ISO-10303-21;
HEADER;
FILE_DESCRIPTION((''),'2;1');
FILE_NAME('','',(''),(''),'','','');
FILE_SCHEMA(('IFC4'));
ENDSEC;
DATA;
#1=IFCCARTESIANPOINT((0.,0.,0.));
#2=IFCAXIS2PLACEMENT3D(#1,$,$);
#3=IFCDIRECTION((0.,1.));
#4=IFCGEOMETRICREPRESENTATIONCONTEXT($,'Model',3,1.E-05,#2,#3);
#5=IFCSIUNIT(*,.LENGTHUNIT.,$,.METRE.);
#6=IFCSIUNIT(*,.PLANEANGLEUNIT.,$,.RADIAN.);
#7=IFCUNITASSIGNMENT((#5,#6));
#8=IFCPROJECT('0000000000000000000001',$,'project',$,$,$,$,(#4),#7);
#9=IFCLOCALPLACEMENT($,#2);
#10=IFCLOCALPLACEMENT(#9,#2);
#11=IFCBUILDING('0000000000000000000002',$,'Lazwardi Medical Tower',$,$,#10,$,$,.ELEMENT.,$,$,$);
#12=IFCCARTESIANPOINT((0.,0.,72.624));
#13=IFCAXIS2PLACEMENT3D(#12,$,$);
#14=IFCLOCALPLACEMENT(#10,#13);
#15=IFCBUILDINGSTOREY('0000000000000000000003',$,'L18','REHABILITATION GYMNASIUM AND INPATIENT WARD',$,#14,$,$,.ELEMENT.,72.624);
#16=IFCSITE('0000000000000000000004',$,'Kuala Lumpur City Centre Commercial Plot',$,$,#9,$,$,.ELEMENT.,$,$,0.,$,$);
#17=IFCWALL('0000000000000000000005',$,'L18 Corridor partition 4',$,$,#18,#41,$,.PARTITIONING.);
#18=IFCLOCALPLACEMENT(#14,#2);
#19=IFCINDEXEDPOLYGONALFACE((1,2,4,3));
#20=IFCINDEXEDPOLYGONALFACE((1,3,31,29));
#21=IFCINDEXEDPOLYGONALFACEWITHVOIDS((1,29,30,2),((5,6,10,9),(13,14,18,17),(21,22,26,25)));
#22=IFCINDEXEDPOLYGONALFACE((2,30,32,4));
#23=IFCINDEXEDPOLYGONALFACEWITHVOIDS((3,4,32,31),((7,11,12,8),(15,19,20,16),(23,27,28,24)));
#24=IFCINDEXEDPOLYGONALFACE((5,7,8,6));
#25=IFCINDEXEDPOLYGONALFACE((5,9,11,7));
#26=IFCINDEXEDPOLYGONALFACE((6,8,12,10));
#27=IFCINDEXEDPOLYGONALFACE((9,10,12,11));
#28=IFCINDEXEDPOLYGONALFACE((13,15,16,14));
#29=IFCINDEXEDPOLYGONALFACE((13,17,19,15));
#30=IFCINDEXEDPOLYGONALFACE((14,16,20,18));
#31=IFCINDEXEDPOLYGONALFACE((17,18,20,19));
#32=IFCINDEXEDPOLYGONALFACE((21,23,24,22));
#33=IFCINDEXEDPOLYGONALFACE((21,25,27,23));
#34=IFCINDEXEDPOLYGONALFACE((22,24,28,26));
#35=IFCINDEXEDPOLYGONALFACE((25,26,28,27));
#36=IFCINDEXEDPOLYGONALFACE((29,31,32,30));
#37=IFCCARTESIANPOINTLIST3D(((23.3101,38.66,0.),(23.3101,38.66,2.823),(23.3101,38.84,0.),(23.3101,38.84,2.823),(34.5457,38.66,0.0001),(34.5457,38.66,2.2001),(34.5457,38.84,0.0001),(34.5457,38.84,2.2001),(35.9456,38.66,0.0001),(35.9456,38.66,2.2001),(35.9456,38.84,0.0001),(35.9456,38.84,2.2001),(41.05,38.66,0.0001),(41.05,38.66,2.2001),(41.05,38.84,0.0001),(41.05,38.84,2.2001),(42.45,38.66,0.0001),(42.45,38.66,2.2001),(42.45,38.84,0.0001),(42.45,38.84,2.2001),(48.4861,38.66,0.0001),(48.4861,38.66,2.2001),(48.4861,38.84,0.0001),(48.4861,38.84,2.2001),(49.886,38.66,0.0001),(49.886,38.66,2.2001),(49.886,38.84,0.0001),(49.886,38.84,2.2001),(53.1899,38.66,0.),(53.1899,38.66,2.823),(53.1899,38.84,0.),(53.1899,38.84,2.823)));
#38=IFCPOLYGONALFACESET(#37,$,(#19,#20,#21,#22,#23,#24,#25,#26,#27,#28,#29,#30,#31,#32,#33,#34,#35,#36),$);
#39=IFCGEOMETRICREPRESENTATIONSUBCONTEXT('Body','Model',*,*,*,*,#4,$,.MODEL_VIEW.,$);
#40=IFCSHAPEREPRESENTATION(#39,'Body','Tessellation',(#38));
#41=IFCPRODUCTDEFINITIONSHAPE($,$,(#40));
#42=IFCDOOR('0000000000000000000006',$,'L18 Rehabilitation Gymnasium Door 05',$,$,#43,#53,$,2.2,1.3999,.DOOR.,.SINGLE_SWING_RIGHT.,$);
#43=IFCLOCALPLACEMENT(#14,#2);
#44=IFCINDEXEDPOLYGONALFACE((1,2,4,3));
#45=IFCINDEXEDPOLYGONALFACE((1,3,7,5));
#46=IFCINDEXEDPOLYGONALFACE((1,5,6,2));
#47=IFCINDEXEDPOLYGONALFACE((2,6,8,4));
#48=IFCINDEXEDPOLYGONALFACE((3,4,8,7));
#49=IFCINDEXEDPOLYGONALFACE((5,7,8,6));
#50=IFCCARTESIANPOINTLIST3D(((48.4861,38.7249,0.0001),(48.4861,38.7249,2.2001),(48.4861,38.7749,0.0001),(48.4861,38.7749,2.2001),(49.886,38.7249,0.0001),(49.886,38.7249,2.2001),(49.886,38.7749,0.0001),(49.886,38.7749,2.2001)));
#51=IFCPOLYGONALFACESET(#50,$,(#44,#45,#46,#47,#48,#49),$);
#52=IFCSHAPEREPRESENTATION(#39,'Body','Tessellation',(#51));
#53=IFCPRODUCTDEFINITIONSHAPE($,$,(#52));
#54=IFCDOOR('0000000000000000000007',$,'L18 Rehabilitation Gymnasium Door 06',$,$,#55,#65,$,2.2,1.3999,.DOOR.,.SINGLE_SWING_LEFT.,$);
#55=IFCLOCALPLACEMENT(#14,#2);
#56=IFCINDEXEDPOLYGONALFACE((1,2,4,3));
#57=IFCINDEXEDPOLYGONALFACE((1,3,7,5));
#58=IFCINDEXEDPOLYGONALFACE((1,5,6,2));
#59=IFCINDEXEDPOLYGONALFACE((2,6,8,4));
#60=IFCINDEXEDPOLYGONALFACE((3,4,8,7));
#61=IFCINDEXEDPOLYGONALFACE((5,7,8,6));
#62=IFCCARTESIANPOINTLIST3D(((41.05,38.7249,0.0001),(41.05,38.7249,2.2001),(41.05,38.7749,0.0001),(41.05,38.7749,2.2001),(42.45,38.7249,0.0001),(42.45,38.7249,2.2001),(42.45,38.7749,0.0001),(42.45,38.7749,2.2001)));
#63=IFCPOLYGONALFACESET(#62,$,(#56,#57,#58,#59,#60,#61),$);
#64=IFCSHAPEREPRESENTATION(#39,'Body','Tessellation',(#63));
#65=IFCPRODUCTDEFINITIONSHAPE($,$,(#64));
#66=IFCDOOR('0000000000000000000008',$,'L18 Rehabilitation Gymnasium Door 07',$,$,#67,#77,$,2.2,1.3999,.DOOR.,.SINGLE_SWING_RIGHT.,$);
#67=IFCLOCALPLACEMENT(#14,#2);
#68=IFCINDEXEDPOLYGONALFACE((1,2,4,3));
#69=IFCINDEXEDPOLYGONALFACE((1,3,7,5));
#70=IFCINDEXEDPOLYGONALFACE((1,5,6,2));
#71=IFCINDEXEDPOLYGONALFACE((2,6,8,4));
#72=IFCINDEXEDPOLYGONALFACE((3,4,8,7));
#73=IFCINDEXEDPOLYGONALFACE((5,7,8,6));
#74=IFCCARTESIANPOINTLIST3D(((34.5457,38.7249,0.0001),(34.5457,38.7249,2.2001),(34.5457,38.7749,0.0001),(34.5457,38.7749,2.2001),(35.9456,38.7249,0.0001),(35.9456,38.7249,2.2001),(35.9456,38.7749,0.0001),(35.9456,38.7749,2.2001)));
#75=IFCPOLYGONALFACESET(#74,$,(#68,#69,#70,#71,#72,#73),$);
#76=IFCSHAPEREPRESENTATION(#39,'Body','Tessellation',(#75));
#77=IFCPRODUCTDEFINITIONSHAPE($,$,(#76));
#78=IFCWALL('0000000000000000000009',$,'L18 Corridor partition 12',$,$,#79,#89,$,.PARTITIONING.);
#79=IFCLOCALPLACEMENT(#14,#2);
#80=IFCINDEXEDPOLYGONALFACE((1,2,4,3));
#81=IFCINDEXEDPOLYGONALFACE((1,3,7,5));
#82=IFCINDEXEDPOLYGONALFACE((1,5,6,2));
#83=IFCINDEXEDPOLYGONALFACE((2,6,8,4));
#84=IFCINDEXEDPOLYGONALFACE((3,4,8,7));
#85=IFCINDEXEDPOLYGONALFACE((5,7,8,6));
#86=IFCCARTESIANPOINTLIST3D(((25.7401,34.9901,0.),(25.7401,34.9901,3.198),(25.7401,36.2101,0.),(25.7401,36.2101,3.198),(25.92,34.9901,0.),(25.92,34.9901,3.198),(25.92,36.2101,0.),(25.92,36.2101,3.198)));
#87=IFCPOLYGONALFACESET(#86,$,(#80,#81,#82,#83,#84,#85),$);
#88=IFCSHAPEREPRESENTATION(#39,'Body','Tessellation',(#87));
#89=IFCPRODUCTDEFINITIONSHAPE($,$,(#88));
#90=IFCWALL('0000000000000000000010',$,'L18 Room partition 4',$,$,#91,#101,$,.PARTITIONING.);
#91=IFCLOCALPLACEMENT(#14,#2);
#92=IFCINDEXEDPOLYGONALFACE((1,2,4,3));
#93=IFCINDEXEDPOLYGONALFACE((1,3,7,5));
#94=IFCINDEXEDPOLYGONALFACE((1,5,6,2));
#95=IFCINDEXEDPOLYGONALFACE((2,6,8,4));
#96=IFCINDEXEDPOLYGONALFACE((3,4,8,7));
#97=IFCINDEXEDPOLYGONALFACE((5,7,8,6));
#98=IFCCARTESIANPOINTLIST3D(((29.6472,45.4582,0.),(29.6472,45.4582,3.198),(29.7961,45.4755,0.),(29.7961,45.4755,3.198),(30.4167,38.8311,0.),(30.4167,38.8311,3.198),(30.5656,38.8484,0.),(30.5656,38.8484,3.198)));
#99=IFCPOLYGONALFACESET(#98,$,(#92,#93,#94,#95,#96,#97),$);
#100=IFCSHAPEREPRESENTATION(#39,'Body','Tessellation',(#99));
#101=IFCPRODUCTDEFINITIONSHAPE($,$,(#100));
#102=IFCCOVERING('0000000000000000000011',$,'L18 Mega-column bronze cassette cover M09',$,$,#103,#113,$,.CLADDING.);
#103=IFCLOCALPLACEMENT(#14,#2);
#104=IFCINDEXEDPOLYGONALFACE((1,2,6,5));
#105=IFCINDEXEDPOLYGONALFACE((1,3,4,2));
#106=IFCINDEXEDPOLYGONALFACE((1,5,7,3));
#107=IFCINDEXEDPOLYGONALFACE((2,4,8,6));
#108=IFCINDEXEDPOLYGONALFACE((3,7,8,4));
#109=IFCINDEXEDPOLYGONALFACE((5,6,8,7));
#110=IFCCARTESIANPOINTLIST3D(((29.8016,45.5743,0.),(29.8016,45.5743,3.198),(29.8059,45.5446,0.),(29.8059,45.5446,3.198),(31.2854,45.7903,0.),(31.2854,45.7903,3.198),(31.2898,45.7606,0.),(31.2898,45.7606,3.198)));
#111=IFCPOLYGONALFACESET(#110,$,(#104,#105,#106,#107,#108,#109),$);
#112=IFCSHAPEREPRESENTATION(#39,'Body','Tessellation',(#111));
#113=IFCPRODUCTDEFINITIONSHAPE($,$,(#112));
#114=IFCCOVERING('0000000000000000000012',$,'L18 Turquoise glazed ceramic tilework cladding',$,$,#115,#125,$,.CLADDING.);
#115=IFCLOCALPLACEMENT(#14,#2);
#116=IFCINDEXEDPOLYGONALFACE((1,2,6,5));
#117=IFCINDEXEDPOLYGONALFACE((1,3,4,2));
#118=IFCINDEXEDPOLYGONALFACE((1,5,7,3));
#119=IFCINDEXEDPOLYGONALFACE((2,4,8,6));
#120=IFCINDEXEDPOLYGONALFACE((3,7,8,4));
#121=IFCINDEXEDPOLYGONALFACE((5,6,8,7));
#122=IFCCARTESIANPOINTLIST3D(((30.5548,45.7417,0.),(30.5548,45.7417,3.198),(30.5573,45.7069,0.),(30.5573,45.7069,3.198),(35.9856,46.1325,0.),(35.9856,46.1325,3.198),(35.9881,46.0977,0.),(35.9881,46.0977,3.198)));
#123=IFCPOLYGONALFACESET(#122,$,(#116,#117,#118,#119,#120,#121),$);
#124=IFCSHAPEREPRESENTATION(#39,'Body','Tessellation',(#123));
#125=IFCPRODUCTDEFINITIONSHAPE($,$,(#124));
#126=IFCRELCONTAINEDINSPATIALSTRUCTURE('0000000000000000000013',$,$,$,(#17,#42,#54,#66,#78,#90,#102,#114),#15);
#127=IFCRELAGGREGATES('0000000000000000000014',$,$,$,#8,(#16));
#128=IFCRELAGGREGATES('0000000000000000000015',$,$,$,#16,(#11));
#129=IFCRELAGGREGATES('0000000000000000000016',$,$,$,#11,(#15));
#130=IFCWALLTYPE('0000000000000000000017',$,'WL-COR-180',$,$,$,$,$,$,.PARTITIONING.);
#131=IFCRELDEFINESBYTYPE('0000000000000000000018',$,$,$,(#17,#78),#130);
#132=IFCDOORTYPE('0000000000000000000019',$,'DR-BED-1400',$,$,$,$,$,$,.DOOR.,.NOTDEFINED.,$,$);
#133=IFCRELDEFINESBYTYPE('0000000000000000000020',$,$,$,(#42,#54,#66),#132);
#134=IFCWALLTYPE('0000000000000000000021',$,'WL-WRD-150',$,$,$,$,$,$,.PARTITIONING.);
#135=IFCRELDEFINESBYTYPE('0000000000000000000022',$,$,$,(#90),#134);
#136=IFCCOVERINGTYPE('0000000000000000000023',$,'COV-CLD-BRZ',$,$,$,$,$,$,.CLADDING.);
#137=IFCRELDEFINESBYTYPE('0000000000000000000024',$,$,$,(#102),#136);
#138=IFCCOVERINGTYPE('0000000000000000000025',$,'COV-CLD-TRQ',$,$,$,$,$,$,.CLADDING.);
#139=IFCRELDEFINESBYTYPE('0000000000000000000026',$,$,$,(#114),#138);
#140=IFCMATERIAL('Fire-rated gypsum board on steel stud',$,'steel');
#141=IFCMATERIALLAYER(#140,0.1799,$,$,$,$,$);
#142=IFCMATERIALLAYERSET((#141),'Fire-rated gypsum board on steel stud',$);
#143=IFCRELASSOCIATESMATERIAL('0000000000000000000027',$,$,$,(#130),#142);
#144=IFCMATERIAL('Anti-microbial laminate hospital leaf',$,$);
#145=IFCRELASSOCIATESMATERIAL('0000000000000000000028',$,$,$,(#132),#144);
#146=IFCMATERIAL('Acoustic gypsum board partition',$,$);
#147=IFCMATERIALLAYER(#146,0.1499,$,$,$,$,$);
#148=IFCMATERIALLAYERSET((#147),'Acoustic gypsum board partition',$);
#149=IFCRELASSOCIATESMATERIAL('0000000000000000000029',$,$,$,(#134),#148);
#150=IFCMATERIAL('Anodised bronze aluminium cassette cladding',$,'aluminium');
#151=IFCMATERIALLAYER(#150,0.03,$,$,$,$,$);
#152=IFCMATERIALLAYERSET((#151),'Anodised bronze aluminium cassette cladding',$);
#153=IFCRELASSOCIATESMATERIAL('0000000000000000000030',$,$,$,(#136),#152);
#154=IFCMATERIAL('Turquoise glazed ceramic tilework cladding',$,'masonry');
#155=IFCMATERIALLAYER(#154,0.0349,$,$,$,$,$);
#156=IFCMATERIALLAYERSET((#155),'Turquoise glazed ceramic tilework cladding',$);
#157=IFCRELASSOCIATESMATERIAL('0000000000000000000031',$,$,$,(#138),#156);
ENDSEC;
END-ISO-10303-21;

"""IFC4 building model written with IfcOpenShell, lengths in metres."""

from ifc_helpers import new_model, si_unit, direction, frame, frame_2d, origin, origin_2d, place, context, subcontext, project, spatial, rectangle, extrude, material, layer, layer_set, type_object, element, fill, save


model = new_model("IFC4")

# Units and contexts
model_context = context("Model", 3, precision=1e-05, world=origin(), true_north=direction((0.0, 1.0)))
body_context = subcontext(model_context, "Body", "Model", "MODEL_VIEW")
ifc_project = project(units=[si_unit("LENGTHUNIT", "METRE"), si_unit("PLANEANGLEUNIT", "RADIAN")], contexts=[model_context])

# Site, building, storey
site_placement = place(None, origin())
site = spatial("IfcSite", under=ifc_project, at=site_placement, Name="Kuala Lumpur City Centre Commercial Plot", CompositionType="ELEMENT", RefElevation=0.0)
building_placement = place(site_placement, origin())
building = spatial("IfcBuilding", under=site, at=building_placement, Name="Lazwardi Medical Tower", CompositionType="ELEMENT")
storey_placement = place(building_placement, frame((0.0, 0.0, 72.624)))
storey = spatial("IfcBuildingStorey", under=building, at=storey_placement, Name="L18", Description="REHABILITATION GYMNASIUM AND INPATIENT WARD", CompositionType="ELEMENT", Elevation=72.624)

# Wall, openings, doors
ifc_material_1 = material(Name="Fire-rated gypsum board on steel stud", Category="steel")
ifc_layer_1 = layer(ifc_material_1, 0.1799)
ifc_layer_set_1 = layer_set([ifc_layer_1], Name="Fire-rated gypsum board on steel stud")
wall_type_1 = type_object("IfcWallType", Name="WL-COR-180", PredefinedType="PARTITIONING", material=ifc_layer_set_1)
wall_1_placement = place(storey_placement, frame((23.3101, 38.75, 0.0), z_axis=(0.0, 0.0, 1.0), x_axis=(1.0, 0.0, 0.0)))
wall_1 = element("IfcWall", 1, at=wall_1_placement, inside=storey, type_object=wall_type_1, Name="L18 Corridor partition 4", PredefinedType="PARTITIONING", context=body_context, shape_type="SweptSolid", body=[
    extrude(rectangle(XDim=29.8799, YDim=0.1799, at=frame_2d((14.9399, 0.0))), origin(), (0.0, 0.0, 1.0), 2.823),
])
opening_1_placement = place(wall_1_placement, frame((25.176, 0.0, 0.0)))
opening_1 = element("IfcOpeningElement", 2, at=opening_1_placement, cuts=wall_1, PredefinedType="OPENING", context=body_context, shape_type="SweptSolid", body=[
    extrude(rectangle(XDim=1.3999, YDim=2.2, at=frame_2d((0.7, 1.1001))), frame((0.0, 0.0999, 0.0), z_axis=(0.0, -1.0, 0.0), x_axis=(1.0, 0.0, 0.0)), (0.0, 0.0, 1.0), 0.2),
])
opening_2_placement = place(wall_1_placement, frame((17.74, 0.0, 0.0)))
opening_2 = element("IfcOpeningElement", 3, at=opening_2_placement, cuts=wall_1, PredefinedType="OPENING", context=body_context, shape_type="SweptSolid", body=[
    extrude(rectangle(XDim=1.3999, YDim=2.2, at=frame_2d((0.7, 1.1001))), frame((0.0, 0.0999, 0.0), z_axis=(0.0, -1.0, 0.0), x_axis=(1.0, 0.0, 0.0)), (0.0, 0.0, 1.0), 0.2),
])
opening_3_placement = place(wall_1_placement, frame((11.2356, 0.0, 0.0)))
opening_3 = element("IfcOpeningElement", 4, at=opening_3_placement, cuts=wall_1, PredefinedType="OPENING", context=body_context, shape_type="SweptSolid", body=[
    extrude(rectangle(XDim=1.3999, YDim=2.2, at=frame_2d((0.7, 1.1001))), frame((0.0, 0.0999, 0.0), z_axis=(0.0, -1.0, 0.0), x_axis=(1.0, 0.0, 0.0)), (0.0, 0.0, 1.0), 0.2),
])
ifc_material_2 = material(Name="Anti-microbial laminate hospital leaf")
door_type = type_object("IfcDoorType", Name="DR-BED-1400", OperationType="NOTDEFINED", PredefinedType="DOOR", material=ifc_material_2)
door_1_placement = place(opening_1_placement, origin())
door_1 = element("IfcDoor", 5, at=door_1_placement, inside=storey, type_object=door_type, Name="L18 Rehabilitation Gymnasium Door 05", OperationType="SINGLE_SWING_RIGHT", OverallHeight=2.2, OverallWidth=1.3999, PredefinedType="DOOR", context=body_context, shape_type="SweptSolid", body=[
    extrude(rectangle(XDim=1.3999, YDim=2.2, at=frame_2d((0.7, 1.1001))), frame((0.0, 0.0249, 0.0), z_axis=(0.0, -1.0, 0.0), x_axis=(1.0, 0.0, 0.0)), (0.0, 0.0, 1.0), 0.05),
])
fill(opening_1, door_1)
door_2_placement = place(opening_2_placement, origin())
door_2 = element("IfcDoor", 6, at=door_2_placement, inside=storey, type_object=door_type, Name="L18 Rehabilitation Gymnasium Door 06", OperationType="SINGLE_SWING_LEFT", OverallHeight=2.2, OverallWidth=1.3999, PredefinedType="DOOR", context=body_context, shape_type="SweptSolid", body=[
    extrude(rectangle(XDim=1.3999, YDim=2.2, at=frame_2d((0.7, 1.1001))), frame((0.0, 0.0249, 0.0), z_axis=(0.0, -1.0, 0.0), x_axis=(1.0, 0.0, 0.0)), (0.0, 0.0, 1.0), 0.05),
])
fill(opening_2, door_2)
door_3_placement = place(opening_3_placement, origin())
door_3 = element("IfcDoor", 7, at=door_3_placement, inside=storey, type_object=door_type, Name="L18 Rehabilitation Gymnasium Door 07", OperationType="SINGLE_SWING_RIGHT", OverallHeight=2.2, OverallWidth=1.3999, PredefinedType="DOOR", context=body_context, shape_type="SweptSolid", body=[
    extrude(rectangle(XDim=1.3999, YDim=2.2, at=frame_2d((0.7, 1.1001))), frame((0.0, 0.0249, 0.0), z_axis=(0.0, -1.0, 0.0), x_axis=(1.0, 0.0, 0.0)), (0.0, 0.0, 1.0), 0.05),
])
fill(opening_3, door_3)

# Walls
wall_2_placement = place(storey_placement, frame((25.8301, 36.21, 0.0), z_axis=(0.0, 0.0, 1.0), x_axis=(0.0, -1.0, 0.0)))
element("IfcWall", 8, at=wall_2_placement, inside=storey, type_object=wall_type_1, Name="L18 Corridor partition 12", PredefinedType="PARTITIONING", context=body_context, shape_type="SweptSolid", body=[
    extrude(rectangle(XDim=1.22, YDim=0.1799, at=frame_2d((0.6099, 0.0))), origin(), (0.0, 0.0, 1.0), 3.198),
])
ifc_material_3 = material(Name="Acoustic gypsum board partition")
ifc_layer_2 = layer(ifc_material_3, 0.1499)
ifc_layer_set_2 = layer_set([ifc_layer_2], Name="Acoustic gypsum board partition")
wall_type_2 = type_object("IfcWallType", Name="WL-WRD-150", PredefinedType="PARTITIONING", material=ifc_layer_set_2)
wall_3_placement = place(storey_placement, frame((30.4912, 38.8396, 0.0), z_axis=(0.0, 0.0, 1.0), x_axis=(-0.115342, 0.993326, 0.0)))
element("IfcWall", 9, at=wall_3_placement, inside=storey, type_object=wall_type_2, Name="L18 Room partition 4", PredefinedType="PARTITIONING", context=body_context, shape_type="SweptSolid", body=[
    extrude(rectangle(XDim=6.6716, YDim=0.1499, at=frame_2d((3.3359, 0.0))), origin(), (0.0, 0.0, 1.0), 3.198),
])

# Coverings
ifc_material_4 = material(Name="Anodised bronze aluminium cassette cladding", Category="aluminium")
ifc_layer_3 = layer(ifc_material_4, 0.03)
ifc_layer_set_3 = layer_set([ifc_layer_3], Name="Anodised bronze aluminium cassette cladding")
covering_type_1 = type_object("IfcCoveringType", Name="COV-CLD-BRZ", PredefinedType="CLADDING", material=ifc_layer_set_3)
covering_1_placement = place(storey_placement, frame((30.5457, 45.6675, 0.0), z_axis=(0.0, 0.0, 1.0), x_axis=(-0.989573, -0.144035, 0.0)))
element("IfcCovering", 10, at=covering_1_placement, inside=storey, type_object=covering_type_1, Name="L18 Mega-column bronze cassette cover M09", PredefinedType="CLADDING", context=body_context, shape_type="SweptSolid", body=[
    extrude(rectangle(XDim=1.4995, YDim=0.03, at=origin_2d()), origin(), (0.0, 0.0, 1.0), 3.198),
])
ifc_material_5 = material(Name="Turquoise glazed ceramic tilework cladding", Category="masonry")
ifc_layer_4 = layer(ifc_material_5, 0.0349)
ifc_layer_set_4 = layer_set([ifc_layer_4], Name="Turquoise glazed ceramic tilework cladding")
covering_type_2 = type_object("IfcCoveringType", Name="COV-CLD-TRQ", PredefinedType="CLADDING", material=ifc_layer_set_4)
covering_2_placement = place(storey_placement, frame((33.2715, 45.9197, 0.0), z_axis=(0.0, 0.0, 1.0), x_axis=(-0.997421, -0.071774, 0.0)))
element("IfcCovering", 11, at=covering_2_placement, inside=storey, type_object=covering_type_2, Name="L18 Turquoise glazed ceramic tilework cladding", PredefinedType="CLADDING", context=body_context, shape_type="SweptSolid", body=[
    extrude(rectangle(XDim=5.4448, YDim=0.0349, at=origin_2d()), origin(), (0.0, 0.0, 1.0), 3.198),
])

save(model, "model.ifc")
